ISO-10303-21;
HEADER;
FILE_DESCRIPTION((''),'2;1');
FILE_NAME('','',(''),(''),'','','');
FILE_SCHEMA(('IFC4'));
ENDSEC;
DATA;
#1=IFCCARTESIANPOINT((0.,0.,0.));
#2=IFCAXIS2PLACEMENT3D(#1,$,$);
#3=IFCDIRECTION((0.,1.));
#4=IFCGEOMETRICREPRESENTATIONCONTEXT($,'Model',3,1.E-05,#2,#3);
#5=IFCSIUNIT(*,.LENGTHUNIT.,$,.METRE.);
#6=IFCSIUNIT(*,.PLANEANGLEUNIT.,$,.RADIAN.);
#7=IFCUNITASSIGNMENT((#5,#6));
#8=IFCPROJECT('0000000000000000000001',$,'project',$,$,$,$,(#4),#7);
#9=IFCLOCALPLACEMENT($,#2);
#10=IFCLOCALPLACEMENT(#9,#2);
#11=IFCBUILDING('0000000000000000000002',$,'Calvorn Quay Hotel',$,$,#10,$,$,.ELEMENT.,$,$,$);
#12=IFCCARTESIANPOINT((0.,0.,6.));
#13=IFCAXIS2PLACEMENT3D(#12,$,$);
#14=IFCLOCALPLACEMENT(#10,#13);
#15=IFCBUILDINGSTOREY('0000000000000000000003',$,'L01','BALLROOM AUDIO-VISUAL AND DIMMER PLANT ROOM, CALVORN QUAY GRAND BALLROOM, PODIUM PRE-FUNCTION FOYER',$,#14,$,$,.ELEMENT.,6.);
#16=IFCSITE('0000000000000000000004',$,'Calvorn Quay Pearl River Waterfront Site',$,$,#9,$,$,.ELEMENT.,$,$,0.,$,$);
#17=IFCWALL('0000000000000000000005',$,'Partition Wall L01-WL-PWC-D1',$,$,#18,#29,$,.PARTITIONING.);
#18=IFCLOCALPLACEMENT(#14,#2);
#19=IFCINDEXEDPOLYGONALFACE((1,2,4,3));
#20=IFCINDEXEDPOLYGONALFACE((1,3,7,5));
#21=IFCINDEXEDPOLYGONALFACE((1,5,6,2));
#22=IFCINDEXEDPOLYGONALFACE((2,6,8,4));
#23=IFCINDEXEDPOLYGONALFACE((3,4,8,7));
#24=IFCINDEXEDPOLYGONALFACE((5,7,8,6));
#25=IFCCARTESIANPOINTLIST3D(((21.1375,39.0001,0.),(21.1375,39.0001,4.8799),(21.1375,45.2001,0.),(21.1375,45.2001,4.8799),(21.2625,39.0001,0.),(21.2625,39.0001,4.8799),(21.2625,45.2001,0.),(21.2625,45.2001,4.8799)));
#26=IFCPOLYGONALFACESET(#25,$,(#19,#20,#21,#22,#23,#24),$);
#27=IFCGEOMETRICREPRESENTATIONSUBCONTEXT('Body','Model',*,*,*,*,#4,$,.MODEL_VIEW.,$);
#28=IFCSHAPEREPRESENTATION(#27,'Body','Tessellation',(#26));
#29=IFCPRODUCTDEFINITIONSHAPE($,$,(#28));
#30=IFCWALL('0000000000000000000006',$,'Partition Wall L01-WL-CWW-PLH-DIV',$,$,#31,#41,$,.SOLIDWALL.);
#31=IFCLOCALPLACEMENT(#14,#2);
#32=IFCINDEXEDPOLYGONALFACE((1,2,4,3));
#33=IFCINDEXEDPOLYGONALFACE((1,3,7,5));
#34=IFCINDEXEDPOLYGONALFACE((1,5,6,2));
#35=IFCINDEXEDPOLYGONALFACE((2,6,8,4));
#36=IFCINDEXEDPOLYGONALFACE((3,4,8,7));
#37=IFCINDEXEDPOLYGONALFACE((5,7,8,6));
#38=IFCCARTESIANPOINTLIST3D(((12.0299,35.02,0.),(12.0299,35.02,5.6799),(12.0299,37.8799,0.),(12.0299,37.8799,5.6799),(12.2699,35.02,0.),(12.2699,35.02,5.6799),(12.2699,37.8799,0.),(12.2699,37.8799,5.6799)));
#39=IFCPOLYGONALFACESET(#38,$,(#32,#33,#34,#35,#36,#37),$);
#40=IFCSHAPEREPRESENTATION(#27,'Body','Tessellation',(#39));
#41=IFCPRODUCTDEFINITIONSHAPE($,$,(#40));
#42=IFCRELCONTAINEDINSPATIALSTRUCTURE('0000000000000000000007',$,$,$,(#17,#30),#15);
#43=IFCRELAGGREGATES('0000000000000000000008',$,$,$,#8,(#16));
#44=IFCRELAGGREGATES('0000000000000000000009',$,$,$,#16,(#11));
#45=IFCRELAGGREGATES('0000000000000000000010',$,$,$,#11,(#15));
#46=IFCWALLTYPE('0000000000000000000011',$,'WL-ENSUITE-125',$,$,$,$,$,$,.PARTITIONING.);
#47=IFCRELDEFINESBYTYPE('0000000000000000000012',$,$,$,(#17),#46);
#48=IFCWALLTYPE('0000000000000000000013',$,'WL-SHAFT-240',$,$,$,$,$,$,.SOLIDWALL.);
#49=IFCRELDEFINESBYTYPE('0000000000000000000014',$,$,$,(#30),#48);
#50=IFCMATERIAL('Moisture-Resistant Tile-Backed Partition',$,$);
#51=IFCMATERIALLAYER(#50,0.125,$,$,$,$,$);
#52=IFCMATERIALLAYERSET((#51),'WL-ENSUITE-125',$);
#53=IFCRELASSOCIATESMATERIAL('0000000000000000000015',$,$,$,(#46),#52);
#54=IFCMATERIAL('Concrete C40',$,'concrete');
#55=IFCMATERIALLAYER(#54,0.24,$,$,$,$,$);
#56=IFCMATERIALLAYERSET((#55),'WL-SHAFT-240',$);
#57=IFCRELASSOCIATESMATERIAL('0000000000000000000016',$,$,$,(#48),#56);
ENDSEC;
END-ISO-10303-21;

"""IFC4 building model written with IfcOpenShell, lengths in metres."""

from ifc_helpers import new_model, si_unit, direction, frame, frame_2d, origin, place, context, subcontext, project, spatial, rectangle, extrude, material, layer, layer_set, type_object, element, save


model = new_model("IFC4")

# Units and contexts
model_context = context("Model", 3, precision=1e-05, world=origin(), true_north=direction((0.0, 1.0)))
body_context = subcontext(model_context, "Body", "Model", "MODEL_VIEW")
ifc_project = project(units=[si_unit("LENGTHUNIT", "METRE"), si_unit("PLANEANGLEUNIT", "RADIAN")], contexts=[model_context])

# Site, building, storey
site_placement = place(None, origin())
site = spatial("IfcSite", under=ifc_project, at=site_placement, Name="Calvorn Quay Pearl River Waterfront Site", CompositionType="ELEMENT", RefElevation=0.0)
building_placement = place(site_placement, origin())
building = spatial("IfcBuilding", under=site, at=building_placement, Name="Calvorn Quay Hotel", CompositionType="ELEMENT")
storey_placement = place(building_placement, frame((0.0, 0.0, 6.0)))
storey = spatial("IfcBuildingStorey", under=building, at=storey_placement, Name="L01", Description="BALLROOM AUDIO-VISUAL AND DIMMER PLANT ROOM, CALVORN QUAY GRAND BALLROOM, PODIUM PRE-FUNCTION FOYER", CompositionType="ELEMENT", Elevation=6.0)

# Walls
ifc_material_1 = material(Name="Moisture-Resistant Tile-Backed Partition")
ifc_layer_1 = layer(ifc_material_1, 0.125)
ifc_layer_set_1 = layer_set([ifc_layer_1], Name="WL-ENSUITE-125")
wall_type_1 = type_object("IfcWallType", Name="WL-ENSUITE-125", PredefinedType="PARTITIONING", material=ifc_layer_set_1)
wall_1_placement = place(storey_placement, frame((21.2, 39.0, 0.0), z_axis=(0.0, 0.0, 1.0), x_axis=(0.0, 1.0, 0.0)))
element("IfcWall", 1, at=wall_1_placement, inside=storey, type_object=wall_type_1, Name="Partition Wall L01-WL-PWC-D1", PredefinedType="PARTITIONING", context=body_context, shape_type="SweptSolid", body=[
    extrude(rectangle(XDim=6.2, YDim=0.125, at=frame_2d((3.1001, 0.0))), origin(), (0.0, 0.0, 1.0), 4.8799),
])
ifc_material_2 = material(Name="Concrete C40", Category="concrete")
ifc_layer_2 = layer(ifc_material_2, 0.24)
ifc_layer_set_2 = layer_set([ifc_layer_2], Name="WL-SHAFT-240")
wall_type_2 = type_object("IfcWallType", Name="WL-SHAFT-240", PredefinedType="SOLIDWALL", material=ifc_layer_set_2)
wall_2_placement = place(storey_placement, frame((12.1499, 35.02, 0.0), z_axis=(0.0, 0.0, 1.0), x_axis=(0.0, 1.0, 0.0)))
element("IfcWall", 2, at=wall_2_placement, inside=storey, type_object=wall_type_2, Name="Partition Wall L01-WL-CWW-PLH-DIV", PredefinedType="SOLIDWALL", context=body_context, shape_type="SweptSolid", body=[
    extrude(rectangle(XDim=2.8599, YDim=0.24, at=frame_2d((1.4299, 0.0))), origin(), (0.0, 0.0, 1.0), 5.6799),
])

save(model, "model.ifc")
